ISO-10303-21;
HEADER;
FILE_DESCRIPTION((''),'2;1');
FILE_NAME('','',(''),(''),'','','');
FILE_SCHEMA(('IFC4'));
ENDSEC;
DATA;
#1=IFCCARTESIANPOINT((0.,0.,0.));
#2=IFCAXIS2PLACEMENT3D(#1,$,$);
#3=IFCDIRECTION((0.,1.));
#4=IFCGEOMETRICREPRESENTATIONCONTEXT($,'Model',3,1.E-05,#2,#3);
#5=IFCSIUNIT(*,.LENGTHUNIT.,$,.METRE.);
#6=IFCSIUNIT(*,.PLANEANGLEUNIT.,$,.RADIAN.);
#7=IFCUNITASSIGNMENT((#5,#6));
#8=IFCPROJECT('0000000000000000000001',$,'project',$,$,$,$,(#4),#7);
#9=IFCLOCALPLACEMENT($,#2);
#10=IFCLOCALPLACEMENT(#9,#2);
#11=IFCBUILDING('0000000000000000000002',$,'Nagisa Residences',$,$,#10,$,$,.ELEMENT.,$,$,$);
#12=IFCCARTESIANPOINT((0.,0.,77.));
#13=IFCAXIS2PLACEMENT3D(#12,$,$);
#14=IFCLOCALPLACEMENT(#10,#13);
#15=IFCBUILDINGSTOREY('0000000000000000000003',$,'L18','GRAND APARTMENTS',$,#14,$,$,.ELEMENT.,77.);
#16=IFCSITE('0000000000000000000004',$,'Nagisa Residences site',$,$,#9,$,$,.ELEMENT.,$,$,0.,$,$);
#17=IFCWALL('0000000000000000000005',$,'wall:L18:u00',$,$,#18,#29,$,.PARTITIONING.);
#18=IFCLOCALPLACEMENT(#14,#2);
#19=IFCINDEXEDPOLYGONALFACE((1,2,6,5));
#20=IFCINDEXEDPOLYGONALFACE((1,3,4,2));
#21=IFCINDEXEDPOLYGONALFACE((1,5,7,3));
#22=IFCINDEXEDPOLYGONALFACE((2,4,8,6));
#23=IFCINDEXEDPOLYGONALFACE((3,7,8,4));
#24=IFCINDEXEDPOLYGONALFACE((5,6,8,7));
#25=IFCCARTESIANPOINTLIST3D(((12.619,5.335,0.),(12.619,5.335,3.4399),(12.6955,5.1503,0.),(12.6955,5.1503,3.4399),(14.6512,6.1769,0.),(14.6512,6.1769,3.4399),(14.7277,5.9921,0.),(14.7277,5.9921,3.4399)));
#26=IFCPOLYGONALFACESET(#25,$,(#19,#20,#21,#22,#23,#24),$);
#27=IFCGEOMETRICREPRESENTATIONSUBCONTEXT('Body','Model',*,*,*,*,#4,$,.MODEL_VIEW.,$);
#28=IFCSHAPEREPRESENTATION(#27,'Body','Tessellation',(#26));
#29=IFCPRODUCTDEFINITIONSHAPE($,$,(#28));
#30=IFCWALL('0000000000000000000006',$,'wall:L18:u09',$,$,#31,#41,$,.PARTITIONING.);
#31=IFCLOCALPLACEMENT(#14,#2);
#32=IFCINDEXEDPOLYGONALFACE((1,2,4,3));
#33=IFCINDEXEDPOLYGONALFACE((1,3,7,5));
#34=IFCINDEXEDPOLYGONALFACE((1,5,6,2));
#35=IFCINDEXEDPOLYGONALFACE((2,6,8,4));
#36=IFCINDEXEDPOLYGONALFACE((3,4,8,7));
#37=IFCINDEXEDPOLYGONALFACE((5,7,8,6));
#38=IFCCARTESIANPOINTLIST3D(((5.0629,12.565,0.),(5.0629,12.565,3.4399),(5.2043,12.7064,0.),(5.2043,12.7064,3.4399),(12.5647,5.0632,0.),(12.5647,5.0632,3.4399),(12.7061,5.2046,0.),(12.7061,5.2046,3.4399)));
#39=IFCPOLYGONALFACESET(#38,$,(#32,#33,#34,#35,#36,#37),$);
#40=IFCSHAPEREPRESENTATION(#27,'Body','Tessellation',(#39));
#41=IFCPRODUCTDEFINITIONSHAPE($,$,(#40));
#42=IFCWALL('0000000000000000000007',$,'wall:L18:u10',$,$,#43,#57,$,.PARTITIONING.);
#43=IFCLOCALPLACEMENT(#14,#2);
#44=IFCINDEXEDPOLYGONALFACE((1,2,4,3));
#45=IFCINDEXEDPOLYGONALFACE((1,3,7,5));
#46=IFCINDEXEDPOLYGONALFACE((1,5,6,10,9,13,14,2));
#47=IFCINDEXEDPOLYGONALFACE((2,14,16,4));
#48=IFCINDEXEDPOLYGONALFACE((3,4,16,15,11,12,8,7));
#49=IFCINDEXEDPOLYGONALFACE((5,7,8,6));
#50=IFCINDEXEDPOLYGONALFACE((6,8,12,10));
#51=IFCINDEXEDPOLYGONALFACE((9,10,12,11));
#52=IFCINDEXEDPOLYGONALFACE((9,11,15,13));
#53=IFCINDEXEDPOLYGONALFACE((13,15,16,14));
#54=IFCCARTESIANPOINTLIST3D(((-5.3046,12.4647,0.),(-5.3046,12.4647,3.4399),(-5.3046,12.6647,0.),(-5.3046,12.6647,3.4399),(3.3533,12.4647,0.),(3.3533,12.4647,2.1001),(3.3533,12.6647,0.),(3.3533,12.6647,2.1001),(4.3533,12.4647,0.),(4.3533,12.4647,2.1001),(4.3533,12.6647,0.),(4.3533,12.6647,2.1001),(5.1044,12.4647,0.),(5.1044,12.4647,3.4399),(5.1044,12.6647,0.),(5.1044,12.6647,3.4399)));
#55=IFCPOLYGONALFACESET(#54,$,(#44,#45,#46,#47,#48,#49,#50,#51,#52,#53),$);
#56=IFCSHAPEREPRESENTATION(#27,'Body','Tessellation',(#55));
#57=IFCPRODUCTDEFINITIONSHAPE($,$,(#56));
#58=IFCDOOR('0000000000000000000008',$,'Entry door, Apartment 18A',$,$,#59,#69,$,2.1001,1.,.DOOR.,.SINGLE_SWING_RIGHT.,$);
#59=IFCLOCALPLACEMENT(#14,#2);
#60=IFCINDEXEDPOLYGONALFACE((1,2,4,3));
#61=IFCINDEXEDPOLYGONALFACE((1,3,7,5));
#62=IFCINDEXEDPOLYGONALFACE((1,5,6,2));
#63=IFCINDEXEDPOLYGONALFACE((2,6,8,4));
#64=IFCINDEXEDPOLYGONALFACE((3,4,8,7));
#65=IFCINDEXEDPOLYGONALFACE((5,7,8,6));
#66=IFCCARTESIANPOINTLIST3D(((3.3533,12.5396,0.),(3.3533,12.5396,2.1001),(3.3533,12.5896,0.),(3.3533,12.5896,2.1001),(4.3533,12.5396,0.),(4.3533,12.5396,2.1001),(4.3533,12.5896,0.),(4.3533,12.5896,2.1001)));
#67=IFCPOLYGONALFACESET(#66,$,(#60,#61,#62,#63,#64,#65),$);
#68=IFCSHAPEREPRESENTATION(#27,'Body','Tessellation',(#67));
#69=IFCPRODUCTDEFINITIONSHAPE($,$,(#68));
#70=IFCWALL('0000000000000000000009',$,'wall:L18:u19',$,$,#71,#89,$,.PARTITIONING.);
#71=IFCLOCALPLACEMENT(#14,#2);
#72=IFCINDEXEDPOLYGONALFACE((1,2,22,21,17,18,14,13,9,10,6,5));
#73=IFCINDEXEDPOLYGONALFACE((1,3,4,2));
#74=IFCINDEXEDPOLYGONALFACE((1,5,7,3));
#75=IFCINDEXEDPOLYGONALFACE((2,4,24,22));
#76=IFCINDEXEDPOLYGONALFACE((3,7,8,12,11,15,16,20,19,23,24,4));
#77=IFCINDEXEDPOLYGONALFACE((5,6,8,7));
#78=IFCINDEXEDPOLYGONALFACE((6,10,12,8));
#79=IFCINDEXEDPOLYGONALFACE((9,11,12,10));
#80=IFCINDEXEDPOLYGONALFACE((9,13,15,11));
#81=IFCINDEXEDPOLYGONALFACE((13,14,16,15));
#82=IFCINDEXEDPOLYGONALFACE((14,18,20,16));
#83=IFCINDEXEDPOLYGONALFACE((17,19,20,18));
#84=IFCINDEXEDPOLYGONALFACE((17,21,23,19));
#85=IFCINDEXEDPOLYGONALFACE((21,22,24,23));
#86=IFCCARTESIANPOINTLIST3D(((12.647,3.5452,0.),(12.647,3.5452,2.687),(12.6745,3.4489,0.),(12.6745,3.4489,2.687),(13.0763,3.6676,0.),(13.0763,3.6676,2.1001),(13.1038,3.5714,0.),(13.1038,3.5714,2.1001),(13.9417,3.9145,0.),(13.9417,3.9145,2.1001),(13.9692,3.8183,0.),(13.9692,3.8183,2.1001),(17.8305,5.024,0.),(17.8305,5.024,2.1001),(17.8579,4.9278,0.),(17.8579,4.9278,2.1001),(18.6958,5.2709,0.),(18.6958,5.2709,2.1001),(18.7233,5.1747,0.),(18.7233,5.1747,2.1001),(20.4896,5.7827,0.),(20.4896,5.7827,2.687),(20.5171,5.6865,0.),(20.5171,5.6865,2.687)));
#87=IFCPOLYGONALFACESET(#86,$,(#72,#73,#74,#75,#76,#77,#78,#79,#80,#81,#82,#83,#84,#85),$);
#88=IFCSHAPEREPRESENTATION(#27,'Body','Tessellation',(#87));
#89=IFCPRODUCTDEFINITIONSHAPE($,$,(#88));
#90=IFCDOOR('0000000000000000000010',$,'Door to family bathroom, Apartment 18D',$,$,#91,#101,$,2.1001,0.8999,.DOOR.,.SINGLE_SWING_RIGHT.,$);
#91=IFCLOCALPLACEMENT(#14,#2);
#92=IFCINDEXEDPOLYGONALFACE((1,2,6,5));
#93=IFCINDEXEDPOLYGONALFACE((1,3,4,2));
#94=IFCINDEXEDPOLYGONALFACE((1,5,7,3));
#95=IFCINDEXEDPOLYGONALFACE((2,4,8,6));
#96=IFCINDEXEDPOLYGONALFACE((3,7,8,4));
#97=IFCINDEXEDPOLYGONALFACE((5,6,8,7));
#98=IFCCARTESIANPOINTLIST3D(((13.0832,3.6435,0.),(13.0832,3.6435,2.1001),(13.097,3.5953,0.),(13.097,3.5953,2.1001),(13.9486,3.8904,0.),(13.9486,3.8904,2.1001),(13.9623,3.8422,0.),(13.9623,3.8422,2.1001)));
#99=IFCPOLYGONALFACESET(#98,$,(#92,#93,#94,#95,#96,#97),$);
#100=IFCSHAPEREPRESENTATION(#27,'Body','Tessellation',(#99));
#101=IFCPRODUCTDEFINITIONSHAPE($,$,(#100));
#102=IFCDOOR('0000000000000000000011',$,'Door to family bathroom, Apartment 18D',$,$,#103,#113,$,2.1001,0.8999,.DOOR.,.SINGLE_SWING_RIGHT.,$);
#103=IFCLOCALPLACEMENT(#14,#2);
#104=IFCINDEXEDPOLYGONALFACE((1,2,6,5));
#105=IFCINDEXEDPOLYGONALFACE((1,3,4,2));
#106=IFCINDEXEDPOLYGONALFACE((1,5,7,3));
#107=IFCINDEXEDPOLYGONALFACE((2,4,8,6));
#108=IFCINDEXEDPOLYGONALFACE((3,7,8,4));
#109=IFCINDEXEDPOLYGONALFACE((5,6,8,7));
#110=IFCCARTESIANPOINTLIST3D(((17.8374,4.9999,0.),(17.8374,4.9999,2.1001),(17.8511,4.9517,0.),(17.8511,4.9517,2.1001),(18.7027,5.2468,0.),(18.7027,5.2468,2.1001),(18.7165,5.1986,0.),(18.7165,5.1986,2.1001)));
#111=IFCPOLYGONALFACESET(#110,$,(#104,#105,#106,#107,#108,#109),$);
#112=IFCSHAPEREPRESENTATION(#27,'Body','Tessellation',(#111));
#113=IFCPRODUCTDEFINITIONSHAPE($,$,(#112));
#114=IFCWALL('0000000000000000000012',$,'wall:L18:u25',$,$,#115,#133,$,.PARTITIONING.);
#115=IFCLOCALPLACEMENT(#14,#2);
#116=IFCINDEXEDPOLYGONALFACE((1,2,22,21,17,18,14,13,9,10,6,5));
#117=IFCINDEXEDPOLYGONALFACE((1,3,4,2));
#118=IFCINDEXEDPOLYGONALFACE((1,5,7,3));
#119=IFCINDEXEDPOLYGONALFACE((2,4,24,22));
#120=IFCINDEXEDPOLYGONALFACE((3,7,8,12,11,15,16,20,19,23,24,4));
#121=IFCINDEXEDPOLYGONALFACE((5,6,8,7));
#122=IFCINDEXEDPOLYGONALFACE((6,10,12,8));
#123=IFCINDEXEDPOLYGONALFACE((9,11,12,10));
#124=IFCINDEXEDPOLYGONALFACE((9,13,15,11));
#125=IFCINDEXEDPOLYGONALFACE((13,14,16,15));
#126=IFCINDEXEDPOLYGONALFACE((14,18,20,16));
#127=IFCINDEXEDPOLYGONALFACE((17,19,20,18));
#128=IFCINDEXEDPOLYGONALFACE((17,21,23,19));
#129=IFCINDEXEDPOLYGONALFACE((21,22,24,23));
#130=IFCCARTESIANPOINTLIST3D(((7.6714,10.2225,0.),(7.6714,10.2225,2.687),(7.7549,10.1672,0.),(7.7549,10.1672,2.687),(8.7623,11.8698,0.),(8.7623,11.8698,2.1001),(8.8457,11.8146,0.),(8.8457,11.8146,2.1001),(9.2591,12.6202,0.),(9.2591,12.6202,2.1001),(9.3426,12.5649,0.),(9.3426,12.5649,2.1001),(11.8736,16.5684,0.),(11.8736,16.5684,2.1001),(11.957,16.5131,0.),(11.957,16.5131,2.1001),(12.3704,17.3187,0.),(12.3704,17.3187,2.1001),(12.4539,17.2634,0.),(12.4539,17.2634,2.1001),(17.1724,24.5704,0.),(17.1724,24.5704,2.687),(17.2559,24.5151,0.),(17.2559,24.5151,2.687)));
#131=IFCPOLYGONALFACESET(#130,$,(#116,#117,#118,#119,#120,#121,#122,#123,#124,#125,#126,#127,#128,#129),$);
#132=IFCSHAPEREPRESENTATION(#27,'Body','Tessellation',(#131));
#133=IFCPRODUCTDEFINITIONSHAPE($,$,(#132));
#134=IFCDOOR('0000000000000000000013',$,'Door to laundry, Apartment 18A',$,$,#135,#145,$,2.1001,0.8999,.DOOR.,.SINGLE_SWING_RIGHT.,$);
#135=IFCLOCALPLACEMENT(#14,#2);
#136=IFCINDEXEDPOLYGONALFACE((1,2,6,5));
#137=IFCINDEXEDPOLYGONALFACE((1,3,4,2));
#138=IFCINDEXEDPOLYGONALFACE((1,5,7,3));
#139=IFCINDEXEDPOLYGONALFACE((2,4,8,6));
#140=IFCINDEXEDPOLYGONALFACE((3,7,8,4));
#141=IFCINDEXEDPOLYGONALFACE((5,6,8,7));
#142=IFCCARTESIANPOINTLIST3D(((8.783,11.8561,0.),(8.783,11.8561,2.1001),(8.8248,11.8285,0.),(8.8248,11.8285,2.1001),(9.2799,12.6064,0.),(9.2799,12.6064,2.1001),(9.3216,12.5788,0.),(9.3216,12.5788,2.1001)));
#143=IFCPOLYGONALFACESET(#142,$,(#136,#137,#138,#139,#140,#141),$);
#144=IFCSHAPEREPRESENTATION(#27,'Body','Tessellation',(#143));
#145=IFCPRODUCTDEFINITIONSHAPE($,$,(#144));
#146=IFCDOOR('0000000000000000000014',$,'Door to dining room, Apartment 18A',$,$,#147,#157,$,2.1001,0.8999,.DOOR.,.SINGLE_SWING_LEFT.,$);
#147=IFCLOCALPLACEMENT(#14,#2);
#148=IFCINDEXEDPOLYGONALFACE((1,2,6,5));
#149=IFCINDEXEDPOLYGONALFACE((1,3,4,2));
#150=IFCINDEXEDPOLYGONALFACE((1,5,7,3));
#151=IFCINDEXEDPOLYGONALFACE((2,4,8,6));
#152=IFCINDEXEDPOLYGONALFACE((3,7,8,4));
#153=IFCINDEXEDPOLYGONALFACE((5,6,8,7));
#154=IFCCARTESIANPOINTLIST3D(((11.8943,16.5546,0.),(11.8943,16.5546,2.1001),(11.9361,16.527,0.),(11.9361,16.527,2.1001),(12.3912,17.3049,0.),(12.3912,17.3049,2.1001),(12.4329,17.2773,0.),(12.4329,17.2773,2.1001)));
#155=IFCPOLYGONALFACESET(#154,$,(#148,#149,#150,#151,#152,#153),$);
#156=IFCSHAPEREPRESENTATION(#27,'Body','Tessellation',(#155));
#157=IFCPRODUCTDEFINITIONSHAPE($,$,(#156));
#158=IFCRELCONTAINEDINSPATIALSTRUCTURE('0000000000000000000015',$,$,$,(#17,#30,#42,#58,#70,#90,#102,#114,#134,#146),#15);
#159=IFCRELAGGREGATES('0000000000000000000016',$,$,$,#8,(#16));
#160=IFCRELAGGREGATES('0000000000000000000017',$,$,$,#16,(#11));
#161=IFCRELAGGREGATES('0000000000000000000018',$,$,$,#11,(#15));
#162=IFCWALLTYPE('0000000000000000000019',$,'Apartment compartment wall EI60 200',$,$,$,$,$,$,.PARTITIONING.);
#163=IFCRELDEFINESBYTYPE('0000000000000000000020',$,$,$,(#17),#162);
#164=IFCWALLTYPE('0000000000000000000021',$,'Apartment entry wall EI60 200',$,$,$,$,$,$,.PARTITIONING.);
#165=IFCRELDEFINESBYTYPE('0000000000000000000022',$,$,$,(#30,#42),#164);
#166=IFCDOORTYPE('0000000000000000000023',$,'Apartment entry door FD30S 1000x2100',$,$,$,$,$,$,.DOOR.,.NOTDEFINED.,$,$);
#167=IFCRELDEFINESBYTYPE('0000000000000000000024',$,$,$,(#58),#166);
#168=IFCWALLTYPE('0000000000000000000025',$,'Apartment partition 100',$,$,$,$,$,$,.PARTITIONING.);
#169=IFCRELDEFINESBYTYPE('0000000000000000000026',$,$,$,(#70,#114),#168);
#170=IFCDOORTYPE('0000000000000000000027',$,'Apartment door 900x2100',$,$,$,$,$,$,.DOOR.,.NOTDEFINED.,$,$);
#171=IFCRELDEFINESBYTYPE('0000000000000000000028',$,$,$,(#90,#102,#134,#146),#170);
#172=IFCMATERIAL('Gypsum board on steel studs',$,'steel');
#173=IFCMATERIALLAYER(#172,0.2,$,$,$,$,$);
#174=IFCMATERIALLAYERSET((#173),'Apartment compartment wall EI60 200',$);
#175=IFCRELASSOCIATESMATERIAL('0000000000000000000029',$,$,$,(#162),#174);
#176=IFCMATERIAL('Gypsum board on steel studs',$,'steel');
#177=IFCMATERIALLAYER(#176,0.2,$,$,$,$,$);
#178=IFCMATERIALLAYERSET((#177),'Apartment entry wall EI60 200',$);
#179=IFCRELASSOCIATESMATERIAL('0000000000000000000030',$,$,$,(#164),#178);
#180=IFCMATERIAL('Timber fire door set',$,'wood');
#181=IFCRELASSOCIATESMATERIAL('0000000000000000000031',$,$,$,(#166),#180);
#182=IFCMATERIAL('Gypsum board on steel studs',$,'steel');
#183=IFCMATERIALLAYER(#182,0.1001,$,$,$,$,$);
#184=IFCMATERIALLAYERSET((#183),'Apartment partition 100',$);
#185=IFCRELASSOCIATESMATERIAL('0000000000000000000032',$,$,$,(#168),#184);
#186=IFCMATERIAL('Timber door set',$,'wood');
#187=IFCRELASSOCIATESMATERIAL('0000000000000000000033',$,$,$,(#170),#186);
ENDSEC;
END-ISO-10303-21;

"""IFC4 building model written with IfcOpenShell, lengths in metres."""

from ifc_helpers import new_model, si_unit, direction, frame, frame_2d, origin, place, context, subcontext, project, spatial, rectangle, extrude, material, layer, layer_set, type_object, element, fill, save


model = new_model("IFC4")

# Units and contexts
model_context = context("Model", 3, precision=1e-05, world=origin(), true_north=direction((0.0, 1.0)))
body_context = subcontext(model_context, "Body", "Model", "MODEL_VIEW")
ifc_project = project(units=[si_unit("LENGTHUNIT", "METRE"), si_unit("PLANEANGLEUNIT", "RADIAN")], contexts=[model_context])

# Site, building, storey
site_placement = place(None, origin())
site = spatial("IfcSite", under=ifc_project, at=site_placement, Name="Nagisa Residences site", CompositionType="ELEMENT", RefElevation=0.0)
building_placement = place(site_placement, origin())
building = spatial("IfcBuilding", under=site, at=building_placement, Name="Nagisa Residences", CompositionType="ELEMENT")
storey_placement = place(building_placement, frame((0.0, 0.0, 77.0)))
storey = spatial("IfcBuildingStorey", under=building, at=storey_placement, Name="L18", Description="GRAND APARTMENTS", CompositionType="ELEMENT", Elevation=77.0)

# Walls
ifc_material_1 = material(Name="Gypsum board on steel studs", Category="steel")
ifc_layer_1 = layer(ifc_material_1, 0.2)
ifc_layer_set_1 = layer_set([ifc_layer_1], Name="Apartment compartment wall EI60 200")
wall_type_1 = type_object("IfcWallType", Name="Apartment compartment wall EI60 200", PredefinedType="PARTITIONING", material=ifc_layer_set_1)
wall_1_placement = place(storey_placement, frame((12.6572, 5.2427, 0.0), z_axis=(0.0, 0.0, 1.0), x_axis=(0.923876, 0.382692, 0.0)))
element("IfcWall", 1, at=wall_1_placement, inside=storey, type_object=wall_type_1, Name="wall:L18:u00", PredefinedType="PARTITIONING", context=body_context, shape_type="SweptSolid", body=[
    extrude(rectangle(XDim=2.1997, YDim=0.2, at=frame_2d((1.0999, 0.0))), origin(), (0.0, 0.0, 1.0), 3.4399),
])
ifc_material_2 = material(Name="Gypsum board on steel studs", Category="steel")
ifc_layer_2 = layer(ifc_material_2, 0.2)
ifc_layer_set_2 = layer_set([ifc_layer_2], Name="Apartment entry wall EI60 200")
wall_type_2 = type_object("IfcWallType", Name="Apartment entry wall EI60 200", PredefinedType="PARTITIONING", material=ifc_layer_set_2)
wall_2_placement = place(storey_placement, frame((12.6355, 5.1338, 0.0), z_axis=(0.0, 0.0, 1.0), x_axis=(-0.707107, 0.707107, 0.0)))
element("IfcWall", 2, at=wall_2_placement, inside=storey, type_object=wall_type_2, Name="wall:L18:u09", PredefinedType="PARTITIONING", context=body_context, shape_type="SweptSolid", body=[
    extrude(rectangle(XDim=10.6091, YDim=0.2, at=frame_2d((5.3047, 0.0))), origin(), (0.0, 0.0, 1.0), 3.4399),
])

# Wall, opening, door
wall_3_placement = place(storey_placement, frame((5.1045, 12.5647, 0.0), z_axis=(0.0, 0.0, 1.0), x_axis=(-1.0, 0.0, 0.0)))
wall_3 = element("IfcWall", 3, at=wall_3_placement, inside=storey, type_object=wall_type_2, Name="wall:L18:u10", PredefinedType="PARTITIONING", context=body_context, shape_type="SweptSolid", body=[
    extrude(rectangle(XDim=10.4089, YDim=0.2, at=frame_2d((5.2046, 0.0))), origin(), (0.0, 0.0, 1.0), 3.4399),
])
opening_1_placement = place(wall_3_placement, frame((0.7512, 0.0, 0.0)))
opening_1 = element("IfcOpeningElement", 4, at=opening_1_placement, cuts=wall_3, PredefinedType="OPENING", context=body_context, shape_type="SweptSolid", body=[
    extrude(rectangle(XDim=1.0, YDim=2.1001, at=frame_2d((0.5, 1.05))), frame((0.0, 0.1099, 0.0), z_axis=(0.0, -1.0, 0.0), x_axis=(1.0, 0.0, 0.0)), (0.0, 0.0, 1.0), 0.22),
])
ifc_material_3 = material(Name="Timber fire door set", Category="wood")
door_type_1 = type_object("IfcDoorType", Name="Apartment entry door FD30S 1000x2100", OperationType="NOTDEFINED", PredefinedType="DOOR", material=ifc_material_3)
door_1_placement = place(opening_1_placement, frame((1.0, 0.0, 0.0), x_axis=(-1.0, 0.0, 0.0)))
door_1 = element("IfcDoor", 5, at=door_1_placement, inside=storey, type_object=door_type_1, Name="Entry door, Apartment 18A", OperationType="SINGLE_SWING_RIGHT", OverallHeight=2.1001, OverallWidth=1.0, PredefinedType="DOOR", context=body_context, shape_type="SweptSolid", body=[
    extrude(rectangle(XDim=1.0, YDim=2.1001, at=frame_2d((0.5, 1.05))), frame((0.0, 0.0249, 0.0), z_axis=(0.0, -1.0, 0.0), x_axis=(1.0, 0.0, 0.0)), (0.0, 0.0, 1.0), 0.05),
])
fill(opening_1, door_1)

# Walls, openings, doors
ifc_material_4 = material(Name="Gypsum board on steel studs", Category="steel")
ifc_layer_3 = layer(ifc_material_4, 0.1001)
ifc_layer_set_3 = layer_set([ifc_layer_3], Name="Apartment partition 100")
wall_type_3 = type_object("IfcWallType", Name="Apartment partition 100", PredefinedType="PARTITIONING", material=ifc_layer_set_3)
wall_4_placement = place(storey_placement, frame((12.6609, 3.4971, 0.0), z_axis=(0.0, 0.0, 1.0), x_axis=(0.961627, 0.274361, 0.0)))
wall_4 = element("IfcWall", 6, at=wall_4_placement, inside=storey, type_object=wall_type_3, Name="wall:L18:u19", PredefinedType="PARTITIONING", context=body_context, shape_type="SweptSolid", body=[
    extrude(rectangle(XDim=8.1555, YDim=0.1001, at=frame_2d((4.0776, 0.0))), origin(), (0.0, 0.0, 1.0), 2.687),
])
opening_2_placement = place(wall_4_placement, frame((0.4463, 0.0, 0.0)))
opening_2 = element("IfcOpeningElement", 7, at=opening_2_placement, cuts=wall_4, PredefinedType="OPENING", context=body_context, shape_type="SweptSolid", body=[
    extrude(rectangle(XDim=0.8999, YDim=2.1001, at=frame_2d((0.45, 1.05))), frame((0.0, 0.0601, 0.0), z_axis=(0.0, -1.0, 0.0), x_axis=(1.0, 0.0, 0.0)), (0.0, 0.0, 1.0), 0.1201),
])
opening_3_placement = place(wall_4_placement, frame((5.3901, 0.0, 0.0)))
opening_3 = element("IfcOpeningElement", 8, at=opening_3_placement, cuts=wall_4, PredefinedType="OPENING", context=body_context, shape_type="SweptSolid", body=[
    extrude(rectangle(XDim=0.8999, YDim=2.1001, at=frame_2d((0.45, 1.05))), frame((0.0, 0.0601, 0.0), z_axis=(0.0, -1.0, 0.0), x_axis=(1.0, 0.0, 0.0)), (0.0, 0.0, 1.0), 0.1201),
])
ifc_material_5 = material(Name="Timber door set", Category="wood")
door_type_2 = type_object("IfcDoorType", Name="Apartment door 900x2100", OperationType="NOTDEFINED", PredefinedType="DOOR", material=ifc_material_5)
door_2_placement = place(opening_2_placement, origin())
door_2 = element("IfcDoor", 9, at=door_2_placement, inside=storey, type_object=door_type_2, Name="Door to family bathroom, Apartment 18D", OperationType="SINGLE_SWING_RIGHT", OverallHeight=2.1001, OverallWidth=0.8999, PredefinedType="DOOR", context=body_context, shape_type="SweptSolid", body=[
    extrude(rectangle(XDim=0.8999, YDim=2.1001, at=frame_2d((0.45, 1.05))), frame((0.0, 0.0249, 0.0), z_axis=(0.0, -1.0, 0.0), x_axis=(1.0, 0.0, 0.0)), (0.0, 0.0, 1.0), 0.05),
])
fill(opening_2, door_2)
door_3_placement = place(opening_3_placement, origin())
door_3 = element("IfcDoor", 10, at=door_3_placement, inside=storey, type_object=door_type_2, Name="Door to family bathroom, Apartment 18D", OperationType="SINGLE_SWING_RIGHT", OverallHeight=2.1001, OverallWidth=0.8999, PredefinedType="DOOR", context=body_context, shape_type="SweptSolid", body=[
    extrude(rectangle(XDim=0.8999, YDim=2.1001, at=frame_2d((0.45, 1.05))), frame((0.0, 0.0249, 0.0), z_axis=(0.0, -1.0, 0.0), x_axis=(1.0, 0.0, 0.0)), (0.0, 0.0, 1.0), 0.05),
])
fill(opening_3, door_3)
wall_5_placement = place(storey_placement, frame((7.7131, 10.1948, 0.0), z_axis=(0.0, 0.0, 1.0), x_axis=(0.552111, 0.833771, 0.0)))
wall_5 = element("IfcWall", 11, at=wall_5_placement, inside=storey, type_object=wall_type_3, Name="wall:L18:u25", PredefinedType="PARTITIONING", context=body_context, shape_type="SweptSolid", body=[
    extrude(rectangle(XDim=17.2085, YDim=0.1001, at=frame_2d((8.6042, 0.0))), origin(), (0.0, 0.0, 1.0), 2.687),
])
opening_4_placement = place(wall_5_placement, frame((1.9758, 0.0, 0.0)))
opening_4 = element("IfcOpeningElement", 12, at=opening_4_placement, cuts=wall_5, PredefinedType="OPENING", context=body_context, shape_type="SweptSolid", body=[
    extrude(rectangle(XDim=0.8999, YDim=2.1001, at=frame_2d((0.45, 1.05))), frame((0.0, 0.0601, 0.0), z_axis=(0.0, -1.0, 0.0), x_axis=(1.0, 0.0, 0.0)), (0.0, 0.0, 1.0), 0.1201),
])
opening_5_placement = place(wall_5_placement, frame((7.6111, 0.0, 0.0)))
opening_5 = element("IfcOpeningElement", 13, at=opening_5_placement, cuts=wall_5, PredefinedType="OPENING", context=body_context, shape_type="SweptSolid", body=[
    extrude(rectangle(XDim=0.8999, YDim=2.1001, at=frame_2d((0.45, 1.05))), frame((0.0, 0.0601, 0.0), z_axis=(0.0, -1.0, 0.0), x_axis=(1.0, 0.0, 0.0)), (0.0, 0.0, 1.0), 0.1201),
])
door_4_placement = place(opening_4_placement, frame((0.8999, 0.0, 0.0), x_axis=(-1.0, 0.0, 0.0)))
door_4 = element("IfcDoor", 14, at=door_4_placement, inside=storey, type_object=door_type_2, Name="Door to laundry, Apartment 18A", OperationType="SINGLE_SWING_RIGHT", OverallHeight=2.1001, OverallWidth=0.8999, PredefinedType="DOOR", context=body_context, shape_type="SweptSolid", body=[
    extrude(rectangle(XDim=0.8999, YDim=2.1001, at=frame_2d((0.45, 1.05))), frame((0.0, 0.0249, 0.0), z_axis=(0.0, -1.0, 0.0), x_axis=(1.0, 0.0, 0.0)), (0.0, 0.0, 1.0), 0.05),
])
fill(opening_4, door_4)
door_5_placement = place(opening_5_placement, frame((0.8999, 0.0, 0.0), x_axis=(-1.0, 0.0, 0.0)))
door_5 = element("IfcDoor", 15, at=door_5_placement, inside=storey, type_object=door_type_2, Name="Door to dining room, Apartment 18A", OperationType="SINGLE_SWING_LEFT", OverallHeight=2.1001, OverallWidth=0.8999, PredefinedType="DOOR", context=body_context, shape_type="SweptSolid", body=[
    extrude(rectangle(XDim=0.8999, YDim=2.1001, at=frame_2d((0.45, 1.05))), frame((0.0, 0.0249, 0.0), z_axis=(0.0, -1.0, 0.0), x_axis=(1.0, 0.0, 0.0)), (0.0, 0.0, 1.0), 0.05),
])
fill(opening_5, door_5)

save(model, "model.ifc")
